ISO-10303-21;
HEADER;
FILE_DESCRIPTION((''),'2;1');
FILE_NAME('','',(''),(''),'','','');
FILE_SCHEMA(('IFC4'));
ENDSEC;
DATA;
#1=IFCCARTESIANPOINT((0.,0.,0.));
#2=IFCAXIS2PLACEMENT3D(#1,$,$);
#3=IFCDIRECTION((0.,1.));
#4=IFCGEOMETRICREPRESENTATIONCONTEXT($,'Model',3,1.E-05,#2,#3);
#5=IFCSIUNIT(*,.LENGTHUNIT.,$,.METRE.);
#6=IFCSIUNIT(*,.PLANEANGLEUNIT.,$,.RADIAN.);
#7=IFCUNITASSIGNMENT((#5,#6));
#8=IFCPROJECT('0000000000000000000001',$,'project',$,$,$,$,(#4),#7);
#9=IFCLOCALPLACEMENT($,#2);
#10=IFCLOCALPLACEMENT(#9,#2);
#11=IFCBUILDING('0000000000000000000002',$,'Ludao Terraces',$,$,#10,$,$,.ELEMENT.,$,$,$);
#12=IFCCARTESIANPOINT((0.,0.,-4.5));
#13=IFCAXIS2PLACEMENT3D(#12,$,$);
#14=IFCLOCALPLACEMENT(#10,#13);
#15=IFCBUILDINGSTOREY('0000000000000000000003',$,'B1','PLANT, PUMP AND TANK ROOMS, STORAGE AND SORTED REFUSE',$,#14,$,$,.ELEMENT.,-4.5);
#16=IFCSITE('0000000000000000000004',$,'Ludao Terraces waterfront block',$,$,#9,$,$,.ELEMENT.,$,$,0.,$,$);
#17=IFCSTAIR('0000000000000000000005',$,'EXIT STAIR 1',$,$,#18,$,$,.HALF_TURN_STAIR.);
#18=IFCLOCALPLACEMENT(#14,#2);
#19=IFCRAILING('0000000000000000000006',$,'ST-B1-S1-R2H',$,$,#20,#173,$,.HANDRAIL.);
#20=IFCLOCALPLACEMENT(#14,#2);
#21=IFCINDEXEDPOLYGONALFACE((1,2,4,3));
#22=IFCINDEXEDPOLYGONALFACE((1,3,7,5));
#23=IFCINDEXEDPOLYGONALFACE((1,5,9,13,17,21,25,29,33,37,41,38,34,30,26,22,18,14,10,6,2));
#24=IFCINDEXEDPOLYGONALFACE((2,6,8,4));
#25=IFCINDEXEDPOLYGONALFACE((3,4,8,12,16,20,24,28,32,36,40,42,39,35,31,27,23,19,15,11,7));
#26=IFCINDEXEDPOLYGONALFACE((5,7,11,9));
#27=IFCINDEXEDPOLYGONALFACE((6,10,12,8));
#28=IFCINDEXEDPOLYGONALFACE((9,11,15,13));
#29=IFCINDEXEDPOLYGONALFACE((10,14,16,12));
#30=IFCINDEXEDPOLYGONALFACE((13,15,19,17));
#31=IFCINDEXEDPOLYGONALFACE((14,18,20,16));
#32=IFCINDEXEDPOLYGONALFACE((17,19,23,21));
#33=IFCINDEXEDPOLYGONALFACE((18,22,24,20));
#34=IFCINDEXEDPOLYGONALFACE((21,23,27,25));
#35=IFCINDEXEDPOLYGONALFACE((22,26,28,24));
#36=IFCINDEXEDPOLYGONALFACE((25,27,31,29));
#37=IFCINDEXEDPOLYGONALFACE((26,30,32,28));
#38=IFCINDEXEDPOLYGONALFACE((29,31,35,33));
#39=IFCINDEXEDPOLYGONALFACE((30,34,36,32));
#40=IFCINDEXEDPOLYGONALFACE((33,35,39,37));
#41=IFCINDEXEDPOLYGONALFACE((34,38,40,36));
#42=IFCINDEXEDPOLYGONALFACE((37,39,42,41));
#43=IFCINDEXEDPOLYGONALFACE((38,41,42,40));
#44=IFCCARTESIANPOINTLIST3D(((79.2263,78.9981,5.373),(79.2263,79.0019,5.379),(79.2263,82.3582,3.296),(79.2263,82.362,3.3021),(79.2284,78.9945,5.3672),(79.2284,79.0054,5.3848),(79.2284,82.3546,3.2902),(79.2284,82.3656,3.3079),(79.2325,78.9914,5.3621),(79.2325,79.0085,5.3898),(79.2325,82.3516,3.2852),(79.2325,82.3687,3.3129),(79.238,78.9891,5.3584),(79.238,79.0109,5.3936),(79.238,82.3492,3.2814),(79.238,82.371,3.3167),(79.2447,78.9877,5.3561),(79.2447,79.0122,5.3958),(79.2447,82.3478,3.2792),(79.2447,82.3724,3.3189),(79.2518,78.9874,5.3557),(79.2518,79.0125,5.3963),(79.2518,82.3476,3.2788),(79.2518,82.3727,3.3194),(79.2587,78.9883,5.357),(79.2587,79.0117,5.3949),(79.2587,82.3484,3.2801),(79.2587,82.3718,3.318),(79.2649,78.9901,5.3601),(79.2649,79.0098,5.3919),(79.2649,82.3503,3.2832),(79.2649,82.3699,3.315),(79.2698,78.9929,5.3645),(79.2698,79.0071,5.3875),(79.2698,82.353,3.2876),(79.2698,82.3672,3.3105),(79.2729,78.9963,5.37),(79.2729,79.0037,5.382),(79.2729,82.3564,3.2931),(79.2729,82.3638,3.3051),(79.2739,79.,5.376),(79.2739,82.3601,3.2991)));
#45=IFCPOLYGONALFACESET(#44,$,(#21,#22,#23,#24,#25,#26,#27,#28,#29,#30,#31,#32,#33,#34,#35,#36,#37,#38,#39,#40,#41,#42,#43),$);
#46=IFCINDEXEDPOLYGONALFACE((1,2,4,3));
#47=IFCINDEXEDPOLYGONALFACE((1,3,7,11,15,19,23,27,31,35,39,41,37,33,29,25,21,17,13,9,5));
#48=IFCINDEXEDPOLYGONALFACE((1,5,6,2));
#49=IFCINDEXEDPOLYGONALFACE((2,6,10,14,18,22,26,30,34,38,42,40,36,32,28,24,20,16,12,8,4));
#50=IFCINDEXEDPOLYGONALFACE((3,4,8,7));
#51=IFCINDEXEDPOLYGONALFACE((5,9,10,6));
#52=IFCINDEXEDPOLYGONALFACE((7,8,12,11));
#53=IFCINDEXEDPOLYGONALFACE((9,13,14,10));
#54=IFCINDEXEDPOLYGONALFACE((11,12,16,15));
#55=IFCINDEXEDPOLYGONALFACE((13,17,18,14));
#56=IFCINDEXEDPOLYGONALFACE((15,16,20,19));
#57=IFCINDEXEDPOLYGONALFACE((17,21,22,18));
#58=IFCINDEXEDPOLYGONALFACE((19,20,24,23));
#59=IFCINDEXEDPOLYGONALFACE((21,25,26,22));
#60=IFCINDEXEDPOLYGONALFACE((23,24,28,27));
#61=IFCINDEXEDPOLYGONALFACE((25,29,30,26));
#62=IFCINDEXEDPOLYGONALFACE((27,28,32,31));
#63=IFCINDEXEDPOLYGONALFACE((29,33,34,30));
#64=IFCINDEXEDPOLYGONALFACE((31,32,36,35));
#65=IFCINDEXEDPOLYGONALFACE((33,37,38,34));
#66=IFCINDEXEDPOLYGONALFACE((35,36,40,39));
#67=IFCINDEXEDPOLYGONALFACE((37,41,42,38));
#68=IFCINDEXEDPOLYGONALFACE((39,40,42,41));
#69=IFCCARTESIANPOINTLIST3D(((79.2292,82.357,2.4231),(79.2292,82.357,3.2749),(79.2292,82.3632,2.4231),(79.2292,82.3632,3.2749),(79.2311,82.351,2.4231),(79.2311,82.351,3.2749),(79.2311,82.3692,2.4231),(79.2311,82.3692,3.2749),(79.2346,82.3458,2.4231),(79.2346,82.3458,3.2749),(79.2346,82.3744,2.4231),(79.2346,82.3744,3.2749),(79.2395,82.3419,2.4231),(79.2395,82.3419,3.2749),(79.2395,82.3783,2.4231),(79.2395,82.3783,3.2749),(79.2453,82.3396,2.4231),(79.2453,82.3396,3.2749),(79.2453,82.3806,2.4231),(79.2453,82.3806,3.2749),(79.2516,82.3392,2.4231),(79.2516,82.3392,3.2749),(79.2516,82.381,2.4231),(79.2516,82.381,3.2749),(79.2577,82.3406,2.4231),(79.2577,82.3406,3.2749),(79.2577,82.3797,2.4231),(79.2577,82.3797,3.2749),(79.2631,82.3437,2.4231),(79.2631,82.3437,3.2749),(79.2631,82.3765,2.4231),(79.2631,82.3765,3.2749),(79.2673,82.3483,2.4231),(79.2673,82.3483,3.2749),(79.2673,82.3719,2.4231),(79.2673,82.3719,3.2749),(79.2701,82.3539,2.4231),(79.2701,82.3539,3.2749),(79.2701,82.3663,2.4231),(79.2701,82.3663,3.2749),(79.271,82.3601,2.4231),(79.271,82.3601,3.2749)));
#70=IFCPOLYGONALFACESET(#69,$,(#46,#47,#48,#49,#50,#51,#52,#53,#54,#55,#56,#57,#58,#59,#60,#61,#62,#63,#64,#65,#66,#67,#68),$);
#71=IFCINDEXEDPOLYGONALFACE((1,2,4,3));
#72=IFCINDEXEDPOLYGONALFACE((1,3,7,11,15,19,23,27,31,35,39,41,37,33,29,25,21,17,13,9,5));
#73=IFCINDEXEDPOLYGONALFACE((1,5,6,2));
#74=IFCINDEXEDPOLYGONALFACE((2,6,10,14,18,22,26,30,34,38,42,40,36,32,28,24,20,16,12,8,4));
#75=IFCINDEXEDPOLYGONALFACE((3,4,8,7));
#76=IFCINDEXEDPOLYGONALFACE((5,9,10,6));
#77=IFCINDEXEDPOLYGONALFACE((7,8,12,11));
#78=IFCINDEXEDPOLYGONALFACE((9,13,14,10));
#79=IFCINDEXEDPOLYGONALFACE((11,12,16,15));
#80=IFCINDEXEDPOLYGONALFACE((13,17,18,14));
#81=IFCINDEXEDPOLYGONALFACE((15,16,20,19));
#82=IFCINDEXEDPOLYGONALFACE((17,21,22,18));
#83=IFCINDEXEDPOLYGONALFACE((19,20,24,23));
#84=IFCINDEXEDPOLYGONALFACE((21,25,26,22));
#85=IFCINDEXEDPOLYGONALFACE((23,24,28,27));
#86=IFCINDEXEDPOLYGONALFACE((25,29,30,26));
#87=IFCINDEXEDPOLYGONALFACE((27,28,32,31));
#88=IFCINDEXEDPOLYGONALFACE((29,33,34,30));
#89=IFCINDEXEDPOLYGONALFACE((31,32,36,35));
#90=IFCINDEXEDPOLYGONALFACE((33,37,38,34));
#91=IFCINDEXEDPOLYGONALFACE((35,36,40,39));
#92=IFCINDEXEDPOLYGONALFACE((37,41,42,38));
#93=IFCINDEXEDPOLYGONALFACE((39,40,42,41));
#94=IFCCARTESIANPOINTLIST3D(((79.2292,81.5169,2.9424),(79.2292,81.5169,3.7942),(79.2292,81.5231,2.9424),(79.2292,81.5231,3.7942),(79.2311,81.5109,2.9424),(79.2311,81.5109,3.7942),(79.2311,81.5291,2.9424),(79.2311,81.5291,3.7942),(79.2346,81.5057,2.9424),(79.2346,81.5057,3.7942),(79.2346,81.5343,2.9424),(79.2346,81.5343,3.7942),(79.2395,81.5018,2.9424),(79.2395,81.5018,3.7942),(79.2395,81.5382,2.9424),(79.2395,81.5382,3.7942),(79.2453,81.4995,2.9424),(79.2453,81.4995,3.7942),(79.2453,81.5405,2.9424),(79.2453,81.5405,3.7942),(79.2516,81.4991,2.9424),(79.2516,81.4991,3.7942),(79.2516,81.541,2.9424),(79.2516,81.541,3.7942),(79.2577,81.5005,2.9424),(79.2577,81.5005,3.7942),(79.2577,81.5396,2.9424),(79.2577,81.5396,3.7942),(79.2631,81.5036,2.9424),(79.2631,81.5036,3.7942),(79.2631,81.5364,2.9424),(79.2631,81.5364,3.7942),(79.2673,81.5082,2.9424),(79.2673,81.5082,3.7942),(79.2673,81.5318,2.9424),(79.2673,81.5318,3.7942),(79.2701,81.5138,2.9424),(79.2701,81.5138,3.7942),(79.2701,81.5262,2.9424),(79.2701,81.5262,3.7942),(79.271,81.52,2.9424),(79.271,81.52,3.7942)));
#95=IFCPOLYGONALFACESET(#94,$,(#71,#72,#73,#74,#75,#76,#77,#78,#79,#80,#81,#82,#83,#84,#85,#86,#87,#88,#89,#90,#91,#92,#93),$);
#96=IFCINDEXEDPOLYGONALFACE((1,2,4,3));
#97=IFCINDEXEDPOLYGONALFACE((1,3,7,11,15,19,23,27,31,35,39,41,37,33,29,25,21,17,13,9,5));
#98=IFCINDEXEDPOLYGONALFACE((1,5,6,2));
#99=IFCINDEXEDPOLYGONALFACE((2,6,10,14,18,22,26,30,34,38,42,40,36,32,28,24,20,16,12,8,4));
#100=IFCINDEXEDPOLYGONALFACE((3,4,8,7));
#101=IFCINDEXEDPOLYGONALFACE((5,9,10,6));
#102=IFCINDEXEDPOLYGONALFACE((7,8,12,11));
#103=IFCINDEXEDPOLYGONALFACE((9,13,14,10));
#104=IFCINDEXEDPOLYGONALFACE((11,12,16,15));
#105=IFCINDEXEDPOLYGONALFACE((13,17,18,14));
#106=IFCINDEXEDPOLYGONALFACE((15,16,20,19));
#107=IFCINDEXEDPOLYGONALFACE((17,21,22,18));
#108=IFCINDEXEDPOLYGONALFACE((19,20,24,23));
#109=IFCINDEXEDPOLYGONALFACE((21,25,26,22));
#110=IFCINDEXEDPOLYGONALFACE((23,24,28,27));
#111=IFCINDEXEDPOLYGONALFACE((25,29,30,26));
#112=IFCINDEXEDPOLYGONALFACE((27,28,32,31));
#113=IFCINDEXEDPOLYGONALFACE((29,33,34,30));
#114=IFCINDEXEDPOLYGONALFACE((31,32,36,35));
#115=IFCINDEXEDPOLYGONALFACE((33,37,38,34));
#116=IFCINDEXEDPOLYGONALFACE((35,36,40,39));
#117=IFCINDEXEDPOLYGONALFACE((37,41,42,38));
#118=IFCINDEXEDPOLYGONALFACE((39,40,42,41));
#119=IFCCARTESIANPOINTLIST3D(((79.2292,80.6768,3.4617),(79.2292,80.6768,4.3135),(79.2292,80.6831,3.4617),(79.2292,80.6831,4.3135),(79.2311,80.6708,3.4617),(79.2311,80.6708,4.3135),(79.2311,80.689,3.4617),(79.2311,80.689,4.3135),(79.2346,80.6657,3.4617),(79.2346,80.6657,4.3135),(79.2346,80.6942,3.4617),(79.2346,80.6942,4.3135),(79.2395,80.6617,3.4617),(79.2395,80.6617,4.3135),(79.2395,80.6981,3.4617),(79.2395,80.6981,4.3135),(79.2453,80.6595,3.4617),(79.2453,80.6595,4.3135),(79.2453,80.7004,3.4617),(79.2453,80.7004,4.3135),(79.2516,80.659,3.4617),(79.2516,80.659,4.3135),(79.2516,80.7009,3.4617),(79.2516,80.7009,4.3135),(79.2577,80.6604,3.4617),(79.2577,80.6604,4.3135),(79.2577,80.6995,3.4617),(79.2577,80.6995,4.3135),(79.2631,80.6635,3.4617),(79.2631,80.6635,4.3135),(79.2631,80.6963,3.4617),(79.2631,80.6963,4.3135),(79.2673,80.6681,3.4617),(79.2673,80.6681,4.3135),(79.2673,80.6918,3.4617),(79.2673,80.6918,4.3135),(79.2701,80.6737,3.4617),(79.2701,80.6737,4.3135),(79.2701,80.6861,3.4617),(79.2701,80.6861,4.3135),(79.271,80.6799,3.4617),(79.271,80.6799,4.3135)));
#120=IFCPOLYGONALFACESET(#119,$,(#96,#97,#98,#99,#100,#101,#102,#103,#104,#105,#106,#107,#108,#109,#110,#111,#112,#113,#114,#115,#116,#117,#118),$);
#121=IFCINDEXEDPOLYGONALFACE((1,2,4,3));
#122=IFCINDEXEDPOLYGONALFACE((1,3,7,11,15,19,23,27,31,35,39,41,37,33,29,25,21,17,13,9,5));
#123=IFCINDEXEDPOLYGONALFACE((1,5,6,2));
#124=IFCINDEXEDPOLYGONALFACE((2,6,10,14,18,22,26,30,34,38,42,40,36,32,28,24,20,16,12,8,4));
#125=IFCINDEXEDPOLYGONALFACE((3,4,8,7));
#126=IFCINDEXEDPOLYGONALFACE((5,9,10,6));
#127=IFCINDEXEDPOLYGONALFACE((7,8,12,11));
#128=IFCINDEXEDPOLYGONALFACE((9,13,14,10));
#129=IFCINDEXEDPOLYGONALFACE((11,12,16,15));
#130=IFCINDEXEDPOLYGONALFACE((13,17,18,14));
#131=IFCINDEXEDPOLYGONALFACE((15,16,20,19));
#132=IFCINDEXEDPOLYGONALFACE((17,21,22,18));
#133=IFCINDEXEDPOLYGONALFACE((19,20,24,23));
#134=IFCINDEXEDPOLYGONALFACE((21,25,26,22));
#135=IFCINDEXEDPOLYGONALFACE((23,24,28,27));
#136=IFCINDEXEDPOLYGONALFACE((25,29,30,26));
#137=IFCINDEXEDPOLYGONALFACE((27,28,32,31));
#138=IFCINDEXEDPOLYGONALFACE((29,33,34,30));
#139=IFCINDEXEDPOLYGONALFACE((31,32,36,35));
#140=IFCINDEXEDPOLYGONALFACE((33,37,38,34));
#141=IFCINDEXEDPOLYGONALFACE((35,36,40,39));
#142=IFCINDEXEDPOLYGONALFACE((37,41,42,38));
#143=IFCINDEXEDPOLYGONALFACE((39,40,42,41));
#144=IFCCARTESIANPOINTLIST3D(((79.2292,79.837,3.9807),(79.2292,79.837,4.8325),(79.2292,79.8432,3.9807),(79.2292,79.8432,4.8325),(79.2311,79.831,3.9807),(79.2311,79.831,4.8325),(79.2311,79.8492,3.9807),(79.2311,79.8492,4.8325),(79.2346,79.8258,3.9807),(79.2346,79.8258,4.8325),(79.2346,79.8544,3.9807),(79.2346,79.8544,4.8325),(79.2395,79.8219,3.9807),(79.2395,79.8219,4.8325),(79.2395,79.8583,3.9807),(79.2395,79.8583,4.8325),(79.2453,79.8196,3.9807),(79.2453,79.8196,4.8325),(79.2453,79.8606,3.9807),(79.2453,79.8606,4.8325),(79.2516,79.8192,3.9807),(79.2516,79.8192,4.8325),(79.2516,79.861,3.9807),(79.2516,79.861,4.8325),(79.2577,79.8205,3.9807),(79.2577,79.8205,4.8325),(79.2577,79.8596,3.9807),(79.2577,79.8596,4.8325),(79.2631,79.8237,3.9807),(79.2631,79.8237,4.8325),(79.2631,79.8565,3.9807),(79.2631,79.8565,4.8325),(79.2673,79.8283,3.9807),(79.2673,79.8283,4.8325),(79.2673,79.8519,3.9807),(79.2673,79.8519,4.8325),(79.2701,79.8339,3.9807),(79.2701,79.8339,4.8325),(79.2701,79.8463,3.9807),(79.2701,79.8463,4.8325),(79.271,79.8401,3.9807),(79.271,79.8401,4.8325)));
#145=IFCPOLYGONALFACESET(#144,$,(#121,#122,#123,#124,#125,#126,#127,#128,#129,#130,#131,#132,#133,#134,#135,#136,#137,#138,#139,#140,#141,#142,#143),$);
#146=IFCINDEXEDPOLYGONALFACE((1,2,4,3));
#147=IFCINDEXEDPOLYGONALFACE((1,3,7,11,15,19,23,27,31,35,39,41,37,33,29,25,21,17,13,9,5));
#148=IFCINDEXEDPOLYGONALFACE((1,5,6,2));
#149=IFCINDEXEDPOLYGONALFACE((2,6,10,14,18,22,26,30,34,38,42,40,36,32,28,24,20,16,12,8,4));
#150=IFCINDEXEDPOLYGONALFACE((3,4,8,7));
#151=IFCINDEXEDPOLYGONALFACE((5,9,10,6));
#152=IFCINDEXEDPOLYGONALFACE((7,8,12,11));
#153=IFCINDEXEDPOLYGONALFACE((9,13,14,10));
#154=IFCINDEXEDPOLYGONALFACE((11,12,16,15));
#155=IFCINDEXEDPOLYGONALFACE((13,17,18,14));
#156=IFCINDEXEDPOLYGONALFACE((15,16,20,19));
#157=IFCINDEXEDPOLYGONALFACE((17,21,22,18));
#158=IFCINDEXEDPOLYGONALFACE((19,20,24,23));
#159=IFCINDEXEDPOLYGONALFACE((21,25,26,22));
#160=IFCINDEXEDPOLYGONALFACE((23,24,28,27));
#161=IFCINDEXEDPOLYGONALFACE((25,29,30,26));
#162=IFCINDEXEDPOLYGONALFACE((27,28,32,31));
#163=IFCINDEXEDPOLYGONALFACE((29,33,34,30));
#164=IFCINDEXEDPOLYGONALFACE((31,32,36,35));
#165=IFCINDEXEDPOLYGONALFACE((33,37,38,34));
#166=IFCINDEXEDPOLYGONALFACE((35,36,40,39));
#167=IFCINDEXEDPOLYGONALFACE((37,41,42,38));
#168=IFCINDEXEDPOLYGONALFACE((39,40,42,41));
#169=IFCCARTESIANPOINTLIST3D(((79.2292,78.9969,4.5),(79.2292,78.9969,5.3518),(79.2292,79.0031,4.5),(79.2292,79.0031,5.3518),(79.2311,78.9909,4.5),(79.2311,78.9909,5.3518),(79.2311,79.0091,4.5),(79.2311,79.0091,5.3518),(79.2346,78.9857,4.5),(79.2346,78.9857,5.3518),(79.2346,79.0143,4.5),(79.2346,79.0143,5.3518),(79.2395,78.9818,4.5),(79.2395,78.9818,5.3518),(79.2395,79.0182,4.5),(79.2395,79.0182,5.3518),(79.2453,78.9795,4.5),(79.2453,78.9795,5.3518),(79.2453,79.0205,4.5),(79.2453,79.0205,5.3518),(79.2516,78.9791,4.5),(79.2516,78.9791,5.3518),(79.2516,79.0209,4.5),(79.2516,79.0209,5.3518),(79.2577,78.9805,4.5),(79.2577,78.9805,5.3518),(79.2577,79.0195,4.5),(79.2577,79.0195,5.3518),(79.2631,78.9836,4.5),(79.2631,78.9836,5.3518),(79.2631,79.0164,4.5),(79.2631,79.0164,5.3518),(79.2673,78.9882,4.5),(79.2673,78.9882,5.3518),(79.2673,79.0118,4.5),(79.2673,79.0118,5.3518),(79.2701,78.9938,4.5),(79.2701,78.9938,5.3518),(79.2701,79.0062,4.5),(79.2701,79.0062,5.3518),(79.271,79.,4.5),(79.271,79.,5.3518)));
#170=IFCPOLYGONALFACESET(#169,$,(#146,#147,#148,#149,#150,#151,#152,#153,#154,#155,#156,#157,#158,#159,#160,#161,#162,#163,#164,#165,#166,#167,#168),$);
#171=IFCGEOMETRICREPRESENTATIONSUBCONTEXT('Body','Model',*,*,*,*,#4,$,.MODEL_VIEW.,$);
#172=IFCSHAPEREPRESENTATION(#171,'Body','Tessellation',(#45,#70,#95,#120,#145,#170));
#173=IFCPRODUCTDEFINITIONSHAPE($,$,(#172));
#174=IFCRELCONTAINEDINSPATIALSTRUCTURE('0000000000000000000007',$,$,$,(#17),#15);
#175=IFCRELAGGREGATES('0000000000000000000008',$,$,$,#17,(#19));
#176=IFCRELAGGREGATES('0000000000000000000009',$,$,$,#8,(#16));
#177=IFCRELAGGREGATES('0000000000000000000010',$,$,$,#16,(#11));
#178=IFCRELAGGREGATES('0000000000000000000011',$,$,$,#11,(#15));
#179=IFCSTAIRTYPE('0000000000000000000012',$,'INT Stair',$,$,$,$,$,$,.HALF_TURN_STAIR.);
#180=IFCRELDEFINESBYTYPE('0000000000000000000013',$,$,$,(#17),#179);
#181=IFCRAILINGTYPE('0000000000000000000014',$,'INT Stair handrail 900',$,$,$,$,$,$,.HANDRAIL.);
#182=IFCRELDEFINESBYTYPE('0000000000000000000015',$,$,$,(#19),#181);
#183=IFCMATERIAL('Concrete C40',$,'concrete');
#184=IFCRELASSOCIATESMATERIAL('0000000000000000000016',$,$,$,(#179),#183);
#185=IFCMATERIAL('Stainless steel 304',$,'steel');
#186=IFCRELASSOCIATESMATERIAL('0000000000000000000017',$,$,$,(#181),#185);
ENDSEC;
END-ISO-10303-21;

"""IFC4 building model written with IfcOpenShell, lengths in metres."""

from ifc_helpers import new_model, si_unit, direction, frame, origin, origin_2d, place, context, subcontext, project, spatial, circle, extrude, material, type_object, element, aggregate, save


model = new_model("IFC4")

# Units and contexts
model_context = context("Model", 3, precision=1e-05, world=origin(), true_north=direction((0.0, 1.0)))
body_context = subcontext(model_context, "Body", "Model", "MODEL_VIEW")
ifc_project = project(units=[si_unit("LENGTHUNIT", "METRE"), si_unit("PLANEANGLEUNIT", "RADIAN")], contexts=[model_context])

# Site, building, storey
site_placement = place(None, origin())
site = spatial("IfcSite", under=ifc_project, at=site_placement, Name="Ludao Terraces waterfront block", CompositionType="ELEMENT", RefElevation=0.0)
building_placement = place(site_placement, origin())
building = spatial("IfcBuilding", under=site, at=building_placement, Name="Ludao Terraces", CompositionType="ELEMENT")
storey_placement = place(building_placement, frame((0.0, 0.0, -4.5)))
storey = spatial("IfcBuildingStorey", under=building, at=storey_placement, Name="B1", Description="PLANT, PUMP AND TANK ROOMS, STORAGE AND SORTED REFUSE", CompositionType="ELEMENT", Elevation=-4.5)

# Shared definitions
ifc_material_1 = material(Name="Stainless steel 304", Category="steel")

# Stair, railing
ifc_material_2 = material(Name="Concrete C40", Category="concrete")
stair_type = type_object("IfcStairType", Name="INT Stair", PredefinedType="HALF_TURN_STAIR", material=ifc_material_2)
stair_placement = place(storey_placement, origin())
stair = element("IfcStair", 1, at=stair_placement, inside=storey, type_object=stair_type, Name="EXIT STAIR 1", PredefinedType="HALF_TURN_STAIR")
railing_type_1 = type_object("IfcRailingType", Name="INT Stair handrail 900", PredefinedType="HANDRAIL", material=ifc_material_1)
railing_1_placement = place(storey_placement, frame((79.25, 82.3601, 2.4231)))
railing_1 = element("IfcRailing", 2, at=railing_1_placement, type_object=railing_type_1, Name="ST-B1-S1-R2H", PredefinedType="HANDRAIL", context=body_context, shape_type="SweptSolid", body=[
    extrude(circle(Radius=0.0239, at=origin_2d()), frame((0.0, 0.0, 0.876), z_axis=(0.0, -0.850623, 0.525776), x_axis=(1.0, 0.0, 0.0)), (0.0, 0.0, 1.0), 3.9502),
    extrude(circle(Radius=0.021, at=origin_2d()), origin(), (0.0, 0.0, 1.0), 0.8518),
    extrude(circle(Radius=0.021, at=origin_2d()), frame((0.0, -0.8401, 0.5193)), (0.0, 0.0, 1.0), 0.8518),
    extrude(circle(Radius=0.021, at=origin_2d()), frame((0.0, -1.6802, 1.0386)), (0.0, 0.0, 1.0), 0.8518),
    extrude(circle(Radius=0.021, at=origin_2d()), frame((0.0, -2.52, 1.5576)), (0.0, 0.0, 1.0), 0.8518),
    extrude(circle(Radius=0.021, at=origin_2d()), frame((0.0, -3.3601, 2.0769)), (0.0, 0.0, 1.0), 0.8518),
])
aggregate(stair, [railing_1])

save(model, "model.ifc")
